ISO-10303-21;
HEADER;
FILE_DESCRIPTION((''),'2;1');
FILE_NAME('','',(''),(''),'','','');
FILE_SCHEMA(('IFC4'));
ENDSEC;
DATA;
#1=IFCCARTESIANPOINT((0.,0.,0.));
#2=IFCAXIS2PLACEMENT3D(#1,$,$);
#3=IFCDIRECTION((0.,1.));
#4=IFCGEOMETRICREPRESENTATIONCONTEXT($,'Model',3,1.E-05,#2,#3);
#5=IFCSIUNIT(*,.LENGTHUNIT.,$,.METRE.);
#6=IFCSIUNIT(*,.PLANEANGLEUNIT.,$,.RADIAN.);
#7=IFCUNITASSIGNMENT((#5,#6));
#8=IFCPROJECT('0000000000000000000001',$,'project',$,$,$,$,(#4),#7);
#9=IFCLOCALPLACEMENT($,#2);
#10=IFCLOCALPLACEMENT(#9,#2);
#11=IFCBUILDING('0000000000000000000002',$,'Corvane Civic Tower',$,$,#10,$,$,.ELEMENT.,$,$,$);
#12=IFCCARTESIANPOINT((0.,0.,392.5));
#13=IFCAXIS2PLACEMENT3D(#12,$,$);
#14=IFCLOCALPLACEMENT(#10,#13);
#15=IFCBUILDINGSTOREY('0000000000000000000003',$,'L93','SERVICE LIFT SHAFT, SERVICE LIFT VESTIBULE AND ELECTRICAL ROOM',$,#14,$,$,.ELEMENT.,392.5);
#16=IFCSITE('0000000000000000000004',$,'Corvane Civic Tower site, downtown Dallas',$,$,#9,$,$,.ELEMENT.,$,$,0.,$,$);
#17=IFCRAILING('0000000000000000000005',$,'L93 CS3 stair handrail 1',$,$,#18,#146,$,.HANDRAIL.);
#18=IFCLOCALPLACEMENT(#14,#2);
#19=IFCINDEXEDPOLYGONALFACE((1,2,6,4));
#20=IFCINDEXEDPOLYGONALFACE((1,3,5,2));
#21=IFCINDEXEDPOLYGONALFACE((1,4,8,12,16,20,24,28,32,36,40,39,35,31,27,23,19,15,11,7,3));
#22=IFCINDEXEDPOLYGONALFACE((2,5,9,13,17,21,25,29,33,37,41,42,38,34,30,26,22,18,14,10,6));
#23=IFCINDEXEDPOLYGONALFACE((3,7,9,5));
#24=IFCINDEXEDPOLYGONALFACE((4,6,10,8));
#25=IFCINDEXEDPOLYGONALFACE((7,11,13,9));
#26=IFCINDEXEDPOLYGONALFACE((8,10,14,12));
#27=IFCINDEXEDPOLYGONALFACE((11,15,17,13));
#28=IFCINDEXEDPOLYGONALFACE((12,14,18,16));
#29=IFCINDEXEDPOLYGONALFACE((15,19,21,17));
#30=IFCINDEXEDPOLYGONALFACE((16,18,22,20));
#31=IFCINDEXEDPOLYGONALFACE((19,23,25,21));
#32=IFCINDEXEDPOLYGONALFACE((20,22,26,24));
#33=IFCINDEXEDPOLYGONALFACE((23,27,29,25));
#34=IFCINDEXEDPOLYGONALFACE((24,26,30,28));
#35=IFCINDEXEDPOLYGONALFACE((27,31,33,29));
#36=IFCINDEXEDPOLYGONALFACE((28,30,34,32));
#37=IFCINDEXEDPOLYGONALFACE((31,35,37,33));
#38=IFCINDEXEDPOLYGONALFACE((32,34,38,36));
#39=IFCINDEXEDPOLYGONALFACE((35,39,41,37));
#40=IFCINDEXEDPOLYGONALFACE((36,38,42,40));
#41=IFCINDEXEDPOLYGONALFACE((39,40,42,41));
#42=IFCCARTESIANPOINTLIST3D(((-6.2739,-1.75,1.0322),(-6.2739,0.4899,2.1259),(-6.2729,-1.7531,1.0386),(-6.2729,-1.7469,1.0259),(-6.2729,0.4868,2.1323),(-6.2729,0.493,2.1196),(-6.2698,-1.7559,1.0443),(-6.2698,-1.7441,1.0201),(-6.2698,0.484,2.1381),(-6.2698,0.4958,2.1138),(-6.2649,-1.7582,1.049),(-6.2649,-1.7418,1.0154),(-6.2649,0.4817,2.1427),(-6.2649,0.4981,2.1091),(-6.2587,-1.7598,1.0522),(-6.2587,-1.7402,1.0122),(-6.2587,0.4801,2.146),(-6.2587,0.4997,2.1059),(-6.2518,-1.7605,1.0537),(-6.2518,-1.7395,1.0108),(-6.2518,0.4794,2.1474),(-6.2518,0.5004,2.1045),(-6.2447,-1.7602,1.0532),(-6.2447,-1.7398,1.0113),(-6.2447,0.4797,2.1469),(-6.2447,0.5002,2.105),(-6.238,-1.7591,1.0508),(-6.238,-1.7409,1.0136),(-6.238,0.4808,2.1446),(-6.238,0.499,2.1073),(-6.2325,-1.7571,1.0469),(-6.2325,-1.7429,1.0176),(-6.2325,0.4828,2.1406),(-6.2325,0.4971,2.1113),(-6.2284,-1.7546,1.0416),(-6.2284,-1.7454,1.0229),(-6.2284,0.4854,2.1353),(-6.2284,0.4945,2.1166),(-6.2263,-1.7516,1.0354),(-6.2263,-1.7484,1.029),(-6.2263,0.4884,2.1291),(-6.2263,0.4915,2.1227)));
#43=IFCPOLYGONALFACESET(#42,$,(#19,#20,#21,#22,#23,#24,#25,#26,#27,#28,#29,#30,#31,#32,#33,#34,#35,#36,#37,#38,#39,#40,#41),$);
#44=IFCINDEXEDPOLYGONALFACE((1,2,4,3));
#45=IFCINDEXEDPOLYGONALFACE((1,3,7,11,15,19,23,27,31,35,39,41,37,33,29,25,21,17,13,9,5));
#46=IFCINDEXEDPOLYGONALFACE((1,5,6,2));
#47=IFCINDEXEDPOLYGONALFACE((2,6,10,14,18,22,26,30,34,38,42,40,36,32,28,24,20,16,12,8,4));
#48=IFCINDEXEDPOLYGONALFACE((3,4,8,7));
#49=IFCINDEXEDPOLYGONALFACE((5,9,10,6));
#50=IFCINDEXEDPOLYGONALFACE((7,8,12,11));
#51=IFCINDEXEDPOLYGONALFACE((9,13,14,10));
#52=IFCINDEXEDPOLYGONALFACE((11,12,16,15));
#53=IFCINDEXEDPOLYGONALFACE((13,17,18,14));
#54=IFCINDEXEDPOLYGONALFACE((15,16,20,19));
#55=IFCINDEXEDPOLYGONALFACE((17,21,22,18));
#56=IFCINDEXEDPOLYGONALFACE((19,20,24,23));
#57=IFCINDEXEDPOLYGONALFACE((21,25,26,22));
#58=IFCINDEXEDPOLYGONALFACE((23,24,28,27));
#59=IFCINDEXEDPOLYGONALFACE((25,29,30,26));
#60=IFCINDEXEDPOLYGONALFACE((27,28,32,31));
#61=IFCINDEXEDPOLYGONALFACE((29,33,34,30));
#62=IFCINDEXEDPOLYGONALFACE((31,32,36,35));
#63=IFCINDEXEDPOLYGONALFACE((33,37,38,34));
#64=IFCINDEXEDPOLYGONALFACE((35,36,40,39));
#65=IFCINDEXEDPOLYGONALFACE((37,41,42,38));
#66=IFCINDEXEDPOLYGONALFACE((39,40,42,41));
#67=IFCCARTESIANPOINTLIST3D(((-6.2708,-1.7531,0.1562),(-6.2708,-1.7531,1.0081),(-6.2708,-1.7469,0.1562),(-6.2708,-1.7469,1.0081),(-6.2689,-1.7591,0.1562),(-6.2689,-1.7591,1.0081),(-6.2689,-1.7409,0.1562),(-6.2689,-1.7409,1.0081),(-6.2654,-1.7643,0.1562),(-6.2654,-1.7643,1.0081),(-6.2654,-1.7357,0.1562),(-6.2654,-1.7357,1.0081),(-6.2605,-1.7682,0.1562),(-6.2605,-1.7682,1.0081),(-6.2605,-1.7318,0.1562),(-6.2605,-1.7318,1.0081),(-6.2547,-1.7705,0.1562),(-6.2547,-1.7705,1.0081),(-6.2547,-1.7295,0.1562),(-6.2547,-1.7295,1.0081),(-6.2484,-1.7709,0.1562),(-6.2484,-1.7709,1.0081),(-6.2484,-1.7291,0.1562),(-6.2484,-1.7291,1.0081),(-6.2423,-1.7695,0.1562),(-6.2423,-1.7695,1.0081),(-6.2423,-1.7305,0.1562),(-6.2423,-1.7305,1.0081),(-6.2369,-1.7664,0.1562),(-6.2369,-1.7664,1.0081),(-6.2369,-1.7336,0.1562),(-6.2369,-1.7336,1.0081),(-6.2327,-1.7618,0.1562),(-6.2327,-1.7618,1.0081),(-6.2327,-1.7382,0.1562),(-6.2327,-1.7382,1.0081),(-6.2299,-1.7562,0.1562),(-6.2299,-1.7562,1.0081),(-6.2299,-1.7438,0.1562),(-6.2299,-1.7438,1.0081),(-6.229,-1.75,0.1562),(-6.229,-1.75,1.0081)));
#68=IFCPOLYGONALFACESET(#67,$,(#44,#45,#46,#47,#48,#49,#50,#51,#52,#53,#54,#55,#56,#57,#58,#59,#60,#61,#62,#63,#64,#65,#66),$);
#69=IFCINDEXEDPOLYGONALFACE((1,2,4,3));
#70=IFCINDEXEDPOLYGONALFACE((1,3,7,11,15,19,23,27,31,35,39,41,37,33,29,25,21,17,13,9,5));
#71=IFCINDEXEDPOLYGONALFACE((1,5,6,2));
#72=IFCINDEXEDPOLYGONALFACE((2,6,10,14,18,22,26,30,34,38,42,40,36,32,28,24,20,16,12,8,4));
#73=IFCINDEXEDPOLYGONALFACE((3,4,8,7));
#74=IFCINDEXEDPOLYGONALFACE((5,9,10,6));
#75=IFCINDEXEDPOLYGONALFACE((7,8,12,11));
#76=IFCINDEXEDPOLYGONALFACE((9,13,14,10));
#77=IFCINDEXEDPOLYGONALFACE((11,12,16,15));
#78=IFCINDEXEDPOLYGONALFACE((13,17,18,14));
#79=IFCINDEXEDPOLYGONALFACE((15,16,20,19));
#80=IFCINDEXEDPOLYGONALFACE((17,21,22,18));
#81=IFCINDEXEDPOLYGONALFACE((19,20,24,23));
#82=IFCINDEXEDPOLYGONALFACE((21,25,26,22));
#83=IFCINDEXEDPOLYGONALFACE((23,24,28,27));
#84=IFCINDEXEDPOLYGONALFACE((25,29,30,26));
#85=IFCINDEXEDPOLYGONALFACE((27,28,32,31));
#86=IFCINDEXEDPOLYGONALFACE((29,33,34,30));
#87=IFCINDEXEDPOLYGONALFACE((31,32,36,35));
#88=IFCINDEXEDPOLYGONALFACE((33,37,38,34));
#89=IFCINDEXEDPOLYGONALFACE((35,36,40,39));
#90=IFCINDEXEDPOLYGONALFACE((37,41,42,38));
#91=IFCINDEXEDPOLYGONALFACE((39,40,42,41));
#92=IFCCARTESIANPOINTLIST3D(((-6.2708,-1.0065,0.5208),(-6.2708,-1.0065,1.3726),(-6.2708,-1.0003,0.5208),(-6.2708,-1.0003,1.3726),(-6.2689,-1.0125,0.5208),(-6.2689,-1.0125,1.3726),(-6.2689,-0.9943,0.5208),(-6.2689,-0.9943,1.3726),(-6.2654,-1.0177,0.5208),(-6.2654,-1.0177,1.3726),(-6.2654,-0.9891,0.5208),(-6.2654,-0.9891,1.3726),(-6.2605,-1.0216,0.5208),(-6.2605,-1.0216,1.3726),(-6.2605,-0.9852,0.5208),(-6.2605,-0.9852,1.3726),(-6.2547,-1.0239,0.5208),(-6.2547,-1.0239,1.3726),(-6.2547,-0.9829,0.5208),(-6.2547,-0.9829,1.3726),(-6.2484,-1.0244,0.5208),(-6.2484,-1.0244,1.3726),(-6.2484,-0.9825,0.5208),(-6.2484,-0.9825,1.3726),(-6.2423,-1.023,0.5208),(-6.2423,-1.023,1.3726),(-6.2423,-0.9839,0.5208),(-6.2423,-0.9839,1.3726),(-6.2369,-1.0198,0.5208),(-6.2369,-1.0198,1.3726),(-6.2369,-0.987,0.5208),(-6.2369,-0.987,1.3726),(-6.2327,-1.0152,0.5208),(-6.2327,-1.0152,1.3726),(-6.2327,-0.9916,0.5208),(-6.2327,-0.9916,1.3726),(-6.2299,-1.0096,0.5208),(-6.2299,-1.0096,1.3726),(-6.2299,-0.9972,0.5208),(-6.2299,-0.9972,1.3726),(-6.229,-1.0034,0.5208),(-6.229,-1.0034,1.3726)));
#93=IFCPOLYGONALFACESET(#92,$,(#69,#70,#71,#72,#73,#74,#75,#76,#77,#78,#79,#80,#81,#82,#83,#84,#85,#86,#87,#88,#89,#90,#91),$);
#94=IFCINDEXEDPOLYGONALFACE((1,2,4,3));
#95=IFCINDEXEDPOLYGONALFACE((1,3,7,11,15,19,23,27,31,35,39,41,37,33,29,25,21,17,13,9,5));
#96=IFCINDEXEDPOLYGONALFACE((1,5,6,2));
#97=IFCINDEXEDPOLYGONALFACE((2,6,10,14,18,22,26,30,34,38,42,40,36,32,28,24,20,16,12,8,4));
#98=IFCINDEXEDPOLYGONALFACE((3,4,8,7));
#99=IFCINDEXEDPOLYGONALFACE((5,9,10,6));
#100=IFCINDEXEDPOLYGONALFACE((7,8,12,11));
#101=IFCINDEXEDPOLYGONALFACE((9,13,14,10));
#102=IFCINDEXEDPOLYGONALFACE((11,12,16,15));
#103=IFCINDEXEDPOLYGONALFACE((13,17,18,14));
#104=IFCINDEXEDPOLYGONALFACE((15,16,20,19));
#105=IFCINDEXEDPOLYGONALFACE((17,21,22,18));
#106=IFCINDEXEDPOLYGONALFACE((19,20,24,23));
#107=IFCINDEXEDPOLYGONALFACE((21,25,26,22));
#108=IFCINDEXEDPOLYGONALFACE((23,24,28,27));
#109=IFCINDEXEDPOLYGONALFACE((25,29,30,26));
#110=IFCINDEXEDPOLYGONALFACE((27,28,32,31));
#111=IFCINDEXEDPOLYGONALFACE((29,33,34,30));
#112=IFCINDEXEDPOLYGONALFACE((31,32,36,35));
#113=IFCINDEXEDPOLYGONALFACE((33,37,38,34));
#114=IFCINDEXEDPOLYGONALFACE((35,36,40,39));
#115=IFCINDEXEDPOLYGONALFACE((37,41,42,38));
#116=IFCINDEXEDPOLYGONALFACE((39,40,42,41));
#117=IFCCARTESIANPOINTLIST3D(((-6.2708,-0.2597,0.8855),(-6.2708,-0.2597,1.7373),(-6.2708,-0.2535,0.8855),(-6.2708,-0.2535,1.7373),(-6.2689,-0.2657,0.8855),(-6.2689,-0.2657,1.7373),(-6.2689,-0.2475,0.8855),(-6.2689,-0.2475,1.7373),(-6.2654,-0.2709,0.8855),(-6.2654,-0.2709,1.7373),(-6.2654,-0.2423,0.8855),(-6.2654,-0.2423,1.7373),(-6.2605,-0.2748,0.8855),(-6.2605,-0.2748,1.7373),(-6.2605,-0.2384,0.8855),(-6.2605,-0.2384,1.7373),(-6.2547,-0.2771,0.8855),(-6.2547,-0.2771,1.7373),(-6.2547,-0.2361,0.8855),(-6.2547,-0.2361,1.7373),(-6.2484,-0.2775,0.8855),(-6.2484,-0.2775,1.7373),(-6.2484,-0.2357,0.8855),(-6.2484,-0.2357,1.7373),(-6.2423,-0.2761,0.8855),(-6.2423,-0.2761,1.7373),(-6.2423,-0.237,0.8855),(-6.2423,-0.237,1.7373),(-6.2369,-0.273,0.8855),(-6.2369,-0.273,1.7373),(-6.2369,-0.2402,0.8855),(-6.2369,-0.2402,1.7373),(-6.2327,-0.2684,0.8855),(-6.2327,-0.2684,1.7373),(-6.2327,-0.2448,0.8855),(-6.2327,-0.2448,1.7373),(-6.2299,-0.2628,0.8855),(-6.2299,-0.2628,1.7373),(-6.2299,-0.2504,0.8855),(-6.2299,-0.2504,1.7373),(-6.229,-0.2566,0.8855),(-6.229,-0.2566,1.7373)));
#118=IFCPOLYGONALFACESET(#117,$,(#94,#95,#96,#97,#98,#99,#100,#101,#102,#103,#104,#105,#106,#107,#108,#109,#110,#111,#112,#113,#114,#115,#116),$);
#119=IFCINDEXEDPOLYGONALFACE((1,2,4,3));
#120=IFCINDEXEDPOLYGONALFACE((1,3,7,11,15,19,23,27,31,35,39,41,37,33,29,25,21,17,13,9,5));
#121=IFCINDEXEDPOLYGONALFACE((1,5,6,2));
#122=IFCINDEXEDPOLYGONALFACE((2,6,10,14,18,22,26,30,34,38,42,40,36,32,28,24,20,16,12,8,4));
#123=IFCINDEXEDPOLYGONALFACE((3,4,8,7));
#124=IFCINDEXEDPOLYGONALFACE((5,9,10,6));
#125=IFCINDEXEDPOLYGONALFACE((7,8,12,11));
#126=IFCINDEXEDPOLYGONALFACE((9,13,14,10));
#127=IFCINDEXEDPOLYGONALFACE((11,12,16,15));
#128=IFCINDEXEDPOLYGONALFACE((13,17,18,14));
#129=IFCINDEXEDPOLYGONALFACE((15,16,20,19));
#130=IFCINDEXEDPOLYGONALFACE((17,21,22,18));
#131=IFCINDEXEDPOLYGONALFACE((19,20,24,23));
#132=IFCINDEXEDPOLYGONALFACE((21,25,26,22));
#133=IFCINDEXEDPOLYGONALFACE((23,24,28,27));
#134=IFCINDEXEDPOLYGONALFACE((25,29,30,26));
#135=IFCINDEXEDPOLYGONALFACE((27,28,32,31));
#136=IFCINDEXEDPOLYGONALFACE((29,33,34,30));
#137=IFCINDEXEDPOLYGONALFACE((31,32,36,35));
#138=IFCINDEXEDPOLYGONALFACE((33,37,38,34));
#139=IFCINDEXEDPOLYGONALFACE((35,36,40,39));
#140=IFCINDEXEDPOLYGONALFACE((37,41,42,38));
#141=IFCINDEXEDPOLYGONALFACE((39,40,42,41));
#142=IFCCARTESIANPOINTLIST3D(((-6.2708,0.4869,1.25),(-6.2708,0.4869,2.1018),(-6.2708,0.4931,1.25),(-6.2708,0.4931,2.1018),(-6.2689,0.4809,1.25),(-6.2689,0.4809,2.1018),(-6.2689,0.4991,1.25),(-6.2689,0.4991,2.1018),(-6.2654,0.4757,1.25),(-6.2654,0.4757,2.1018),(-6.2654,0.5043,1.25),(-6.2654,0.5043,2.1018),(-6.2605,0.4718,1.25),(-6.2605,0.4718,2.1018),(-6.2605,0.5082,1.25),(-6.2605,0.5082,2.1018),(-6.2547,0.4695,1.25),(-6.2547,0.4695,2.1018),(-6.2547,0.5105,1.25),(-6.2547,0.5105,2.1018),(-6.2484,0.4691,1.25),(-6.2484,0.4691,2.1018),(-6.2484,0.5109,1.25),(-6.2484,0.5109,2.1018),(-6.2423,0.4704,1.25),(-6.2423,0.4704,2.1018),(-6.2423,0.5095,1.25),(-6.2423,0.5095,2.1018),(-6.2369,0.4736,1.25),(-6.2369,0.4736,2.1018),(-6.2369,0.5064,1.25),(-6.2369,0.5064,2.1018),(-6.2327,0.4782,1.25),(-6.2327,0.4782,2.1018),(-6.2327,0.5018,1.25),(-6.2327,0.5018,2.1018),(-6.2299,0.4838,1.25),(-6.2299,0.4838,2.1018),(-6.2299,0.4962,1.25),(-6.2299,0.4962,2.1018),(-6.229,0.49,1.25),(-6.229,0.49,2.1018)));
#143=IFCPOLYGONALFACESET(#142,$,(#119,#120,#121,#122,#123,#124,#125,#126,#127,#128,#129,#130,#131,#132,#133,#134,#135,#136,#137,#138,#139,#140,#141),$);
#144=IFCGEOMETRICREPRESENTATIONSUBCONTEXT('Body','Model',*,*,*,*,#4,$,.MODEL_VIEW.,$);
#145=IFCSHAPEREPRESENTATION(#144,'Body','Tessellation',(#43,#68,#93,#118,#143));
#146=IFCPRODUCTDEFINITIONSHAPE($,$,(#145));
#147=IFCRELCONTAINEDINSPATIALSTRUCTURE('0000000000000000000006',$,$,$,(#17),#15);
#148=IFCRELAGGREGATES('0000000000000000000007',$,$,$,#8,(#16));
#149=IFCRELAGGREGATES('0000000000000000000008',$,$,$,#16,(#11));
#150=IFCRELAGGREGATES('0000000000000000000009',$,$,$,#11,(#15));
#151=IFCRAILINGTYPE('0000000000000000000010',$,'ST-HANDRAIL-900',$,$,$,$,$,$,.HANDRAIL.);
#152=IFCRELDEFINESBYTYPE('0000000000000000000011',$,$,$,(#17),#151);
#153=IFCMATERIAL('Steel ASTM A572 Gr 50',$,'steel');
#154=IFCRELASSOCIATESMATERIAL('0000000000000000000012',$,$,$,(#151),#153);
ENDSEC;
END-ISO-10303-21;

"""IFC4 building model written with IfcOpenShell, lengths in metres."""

from ifc_helpers import new_model, si_unit, direction, frame, origin, origin_2d, place, context, subcontext, project, spatial, circle, extrude, material, type_object, element, save


model = new_model("IFC4")

# Units and contexts
model_context = context("Model", 3, precision=1e-05, world=origin(), true_north=direction((0.0, 1.0)))
body_context = subcontext(model_context, "Body", "Model", "MODEL_VIEW")
ifc_project = project(units=[si_unit("LENGTHUNIT", "METRE"), si_unit("PLANEANGLEUNIT", "RADIAN")], contexts=[model_context])

# Site, building, storey
site_placement = place(None, origin())
site = spatial("IfcSite", under=ifc_project, at=site_placement, Name="Corvane Civic Tower site, downtown Dallas", CompositionType="ELEMENT", RefElevation=0.0)
building_placement = place(site_placement, origin())
building = spatial("IfcBuilding", under=site, at=building_placement, Name="Corvane Civic Tower", CompositionType="ELEMENT")
storey_placement = place(building_placement, frame((0.0, 0.0, 392.5)))
storey = spatial("IfcBuildingStorey", under=building, at=storey_placement, Name="L93", Description="SERVICE LIFT SHAFT, SERVICE LIFT VESTIBULE AND ELECTRICAL ROOM", CompositionType="ELEMENT", Elevation=392.5)

# Railing
ifc_material_1 = material(Name="Steel ASTM A572 Gr 50", Category="steel")
railing_type = type_object("IfcRailingType", Name="ST-HANDRAIL-900", PredefinedType="HANDRAIL", material=ifc_material_1)
for number, where, name in (
    (1, (-6.25, -1.75, 0.1562), "L93 CS3 stair handrail 1"),
):
    element("IfcRailing", number, at=place(storey_placement, frame(where)), inside=storey, type_object=railing_type, Name=name, PredefinedType="HANDRAIL", context=body_context, shape_type="SweptSolid", body=[
        extrude(circle(Radius=0.0239, at=origin_2d()), frame((0.0, 0.0, 0.876), z_axis=(0.0, 0.898599, 0.438771), x_axis=(-1.0, 0.0, 0.0)), (0.0, 0.0, 1.0), 2.4927),
        extrude(circle(Radius=0.021, at=origin_2d()), origin(), (0.0, 0.0, 1.0), 0.8518),
        extrude(circle(Radius=0.021, at=origin_2d()), frame((0.0, 0.7466, 0.3645)), (0.0, 0.0, 1.0), 0.8518),
        extrude(circle(Radius=0.021, at=origin_2d()), frame((0.0, 1.4934, 0.7292)), (0.0, 0.0, 1.0), 0.8518),
        extrude(circle(Radius=0.021, at=origin_2d()), frame((0.0, 2.24, 1.0938)), (0.0, 0.0, 1.0), 0.8518),
    ])

save(model, "model.ifc")
